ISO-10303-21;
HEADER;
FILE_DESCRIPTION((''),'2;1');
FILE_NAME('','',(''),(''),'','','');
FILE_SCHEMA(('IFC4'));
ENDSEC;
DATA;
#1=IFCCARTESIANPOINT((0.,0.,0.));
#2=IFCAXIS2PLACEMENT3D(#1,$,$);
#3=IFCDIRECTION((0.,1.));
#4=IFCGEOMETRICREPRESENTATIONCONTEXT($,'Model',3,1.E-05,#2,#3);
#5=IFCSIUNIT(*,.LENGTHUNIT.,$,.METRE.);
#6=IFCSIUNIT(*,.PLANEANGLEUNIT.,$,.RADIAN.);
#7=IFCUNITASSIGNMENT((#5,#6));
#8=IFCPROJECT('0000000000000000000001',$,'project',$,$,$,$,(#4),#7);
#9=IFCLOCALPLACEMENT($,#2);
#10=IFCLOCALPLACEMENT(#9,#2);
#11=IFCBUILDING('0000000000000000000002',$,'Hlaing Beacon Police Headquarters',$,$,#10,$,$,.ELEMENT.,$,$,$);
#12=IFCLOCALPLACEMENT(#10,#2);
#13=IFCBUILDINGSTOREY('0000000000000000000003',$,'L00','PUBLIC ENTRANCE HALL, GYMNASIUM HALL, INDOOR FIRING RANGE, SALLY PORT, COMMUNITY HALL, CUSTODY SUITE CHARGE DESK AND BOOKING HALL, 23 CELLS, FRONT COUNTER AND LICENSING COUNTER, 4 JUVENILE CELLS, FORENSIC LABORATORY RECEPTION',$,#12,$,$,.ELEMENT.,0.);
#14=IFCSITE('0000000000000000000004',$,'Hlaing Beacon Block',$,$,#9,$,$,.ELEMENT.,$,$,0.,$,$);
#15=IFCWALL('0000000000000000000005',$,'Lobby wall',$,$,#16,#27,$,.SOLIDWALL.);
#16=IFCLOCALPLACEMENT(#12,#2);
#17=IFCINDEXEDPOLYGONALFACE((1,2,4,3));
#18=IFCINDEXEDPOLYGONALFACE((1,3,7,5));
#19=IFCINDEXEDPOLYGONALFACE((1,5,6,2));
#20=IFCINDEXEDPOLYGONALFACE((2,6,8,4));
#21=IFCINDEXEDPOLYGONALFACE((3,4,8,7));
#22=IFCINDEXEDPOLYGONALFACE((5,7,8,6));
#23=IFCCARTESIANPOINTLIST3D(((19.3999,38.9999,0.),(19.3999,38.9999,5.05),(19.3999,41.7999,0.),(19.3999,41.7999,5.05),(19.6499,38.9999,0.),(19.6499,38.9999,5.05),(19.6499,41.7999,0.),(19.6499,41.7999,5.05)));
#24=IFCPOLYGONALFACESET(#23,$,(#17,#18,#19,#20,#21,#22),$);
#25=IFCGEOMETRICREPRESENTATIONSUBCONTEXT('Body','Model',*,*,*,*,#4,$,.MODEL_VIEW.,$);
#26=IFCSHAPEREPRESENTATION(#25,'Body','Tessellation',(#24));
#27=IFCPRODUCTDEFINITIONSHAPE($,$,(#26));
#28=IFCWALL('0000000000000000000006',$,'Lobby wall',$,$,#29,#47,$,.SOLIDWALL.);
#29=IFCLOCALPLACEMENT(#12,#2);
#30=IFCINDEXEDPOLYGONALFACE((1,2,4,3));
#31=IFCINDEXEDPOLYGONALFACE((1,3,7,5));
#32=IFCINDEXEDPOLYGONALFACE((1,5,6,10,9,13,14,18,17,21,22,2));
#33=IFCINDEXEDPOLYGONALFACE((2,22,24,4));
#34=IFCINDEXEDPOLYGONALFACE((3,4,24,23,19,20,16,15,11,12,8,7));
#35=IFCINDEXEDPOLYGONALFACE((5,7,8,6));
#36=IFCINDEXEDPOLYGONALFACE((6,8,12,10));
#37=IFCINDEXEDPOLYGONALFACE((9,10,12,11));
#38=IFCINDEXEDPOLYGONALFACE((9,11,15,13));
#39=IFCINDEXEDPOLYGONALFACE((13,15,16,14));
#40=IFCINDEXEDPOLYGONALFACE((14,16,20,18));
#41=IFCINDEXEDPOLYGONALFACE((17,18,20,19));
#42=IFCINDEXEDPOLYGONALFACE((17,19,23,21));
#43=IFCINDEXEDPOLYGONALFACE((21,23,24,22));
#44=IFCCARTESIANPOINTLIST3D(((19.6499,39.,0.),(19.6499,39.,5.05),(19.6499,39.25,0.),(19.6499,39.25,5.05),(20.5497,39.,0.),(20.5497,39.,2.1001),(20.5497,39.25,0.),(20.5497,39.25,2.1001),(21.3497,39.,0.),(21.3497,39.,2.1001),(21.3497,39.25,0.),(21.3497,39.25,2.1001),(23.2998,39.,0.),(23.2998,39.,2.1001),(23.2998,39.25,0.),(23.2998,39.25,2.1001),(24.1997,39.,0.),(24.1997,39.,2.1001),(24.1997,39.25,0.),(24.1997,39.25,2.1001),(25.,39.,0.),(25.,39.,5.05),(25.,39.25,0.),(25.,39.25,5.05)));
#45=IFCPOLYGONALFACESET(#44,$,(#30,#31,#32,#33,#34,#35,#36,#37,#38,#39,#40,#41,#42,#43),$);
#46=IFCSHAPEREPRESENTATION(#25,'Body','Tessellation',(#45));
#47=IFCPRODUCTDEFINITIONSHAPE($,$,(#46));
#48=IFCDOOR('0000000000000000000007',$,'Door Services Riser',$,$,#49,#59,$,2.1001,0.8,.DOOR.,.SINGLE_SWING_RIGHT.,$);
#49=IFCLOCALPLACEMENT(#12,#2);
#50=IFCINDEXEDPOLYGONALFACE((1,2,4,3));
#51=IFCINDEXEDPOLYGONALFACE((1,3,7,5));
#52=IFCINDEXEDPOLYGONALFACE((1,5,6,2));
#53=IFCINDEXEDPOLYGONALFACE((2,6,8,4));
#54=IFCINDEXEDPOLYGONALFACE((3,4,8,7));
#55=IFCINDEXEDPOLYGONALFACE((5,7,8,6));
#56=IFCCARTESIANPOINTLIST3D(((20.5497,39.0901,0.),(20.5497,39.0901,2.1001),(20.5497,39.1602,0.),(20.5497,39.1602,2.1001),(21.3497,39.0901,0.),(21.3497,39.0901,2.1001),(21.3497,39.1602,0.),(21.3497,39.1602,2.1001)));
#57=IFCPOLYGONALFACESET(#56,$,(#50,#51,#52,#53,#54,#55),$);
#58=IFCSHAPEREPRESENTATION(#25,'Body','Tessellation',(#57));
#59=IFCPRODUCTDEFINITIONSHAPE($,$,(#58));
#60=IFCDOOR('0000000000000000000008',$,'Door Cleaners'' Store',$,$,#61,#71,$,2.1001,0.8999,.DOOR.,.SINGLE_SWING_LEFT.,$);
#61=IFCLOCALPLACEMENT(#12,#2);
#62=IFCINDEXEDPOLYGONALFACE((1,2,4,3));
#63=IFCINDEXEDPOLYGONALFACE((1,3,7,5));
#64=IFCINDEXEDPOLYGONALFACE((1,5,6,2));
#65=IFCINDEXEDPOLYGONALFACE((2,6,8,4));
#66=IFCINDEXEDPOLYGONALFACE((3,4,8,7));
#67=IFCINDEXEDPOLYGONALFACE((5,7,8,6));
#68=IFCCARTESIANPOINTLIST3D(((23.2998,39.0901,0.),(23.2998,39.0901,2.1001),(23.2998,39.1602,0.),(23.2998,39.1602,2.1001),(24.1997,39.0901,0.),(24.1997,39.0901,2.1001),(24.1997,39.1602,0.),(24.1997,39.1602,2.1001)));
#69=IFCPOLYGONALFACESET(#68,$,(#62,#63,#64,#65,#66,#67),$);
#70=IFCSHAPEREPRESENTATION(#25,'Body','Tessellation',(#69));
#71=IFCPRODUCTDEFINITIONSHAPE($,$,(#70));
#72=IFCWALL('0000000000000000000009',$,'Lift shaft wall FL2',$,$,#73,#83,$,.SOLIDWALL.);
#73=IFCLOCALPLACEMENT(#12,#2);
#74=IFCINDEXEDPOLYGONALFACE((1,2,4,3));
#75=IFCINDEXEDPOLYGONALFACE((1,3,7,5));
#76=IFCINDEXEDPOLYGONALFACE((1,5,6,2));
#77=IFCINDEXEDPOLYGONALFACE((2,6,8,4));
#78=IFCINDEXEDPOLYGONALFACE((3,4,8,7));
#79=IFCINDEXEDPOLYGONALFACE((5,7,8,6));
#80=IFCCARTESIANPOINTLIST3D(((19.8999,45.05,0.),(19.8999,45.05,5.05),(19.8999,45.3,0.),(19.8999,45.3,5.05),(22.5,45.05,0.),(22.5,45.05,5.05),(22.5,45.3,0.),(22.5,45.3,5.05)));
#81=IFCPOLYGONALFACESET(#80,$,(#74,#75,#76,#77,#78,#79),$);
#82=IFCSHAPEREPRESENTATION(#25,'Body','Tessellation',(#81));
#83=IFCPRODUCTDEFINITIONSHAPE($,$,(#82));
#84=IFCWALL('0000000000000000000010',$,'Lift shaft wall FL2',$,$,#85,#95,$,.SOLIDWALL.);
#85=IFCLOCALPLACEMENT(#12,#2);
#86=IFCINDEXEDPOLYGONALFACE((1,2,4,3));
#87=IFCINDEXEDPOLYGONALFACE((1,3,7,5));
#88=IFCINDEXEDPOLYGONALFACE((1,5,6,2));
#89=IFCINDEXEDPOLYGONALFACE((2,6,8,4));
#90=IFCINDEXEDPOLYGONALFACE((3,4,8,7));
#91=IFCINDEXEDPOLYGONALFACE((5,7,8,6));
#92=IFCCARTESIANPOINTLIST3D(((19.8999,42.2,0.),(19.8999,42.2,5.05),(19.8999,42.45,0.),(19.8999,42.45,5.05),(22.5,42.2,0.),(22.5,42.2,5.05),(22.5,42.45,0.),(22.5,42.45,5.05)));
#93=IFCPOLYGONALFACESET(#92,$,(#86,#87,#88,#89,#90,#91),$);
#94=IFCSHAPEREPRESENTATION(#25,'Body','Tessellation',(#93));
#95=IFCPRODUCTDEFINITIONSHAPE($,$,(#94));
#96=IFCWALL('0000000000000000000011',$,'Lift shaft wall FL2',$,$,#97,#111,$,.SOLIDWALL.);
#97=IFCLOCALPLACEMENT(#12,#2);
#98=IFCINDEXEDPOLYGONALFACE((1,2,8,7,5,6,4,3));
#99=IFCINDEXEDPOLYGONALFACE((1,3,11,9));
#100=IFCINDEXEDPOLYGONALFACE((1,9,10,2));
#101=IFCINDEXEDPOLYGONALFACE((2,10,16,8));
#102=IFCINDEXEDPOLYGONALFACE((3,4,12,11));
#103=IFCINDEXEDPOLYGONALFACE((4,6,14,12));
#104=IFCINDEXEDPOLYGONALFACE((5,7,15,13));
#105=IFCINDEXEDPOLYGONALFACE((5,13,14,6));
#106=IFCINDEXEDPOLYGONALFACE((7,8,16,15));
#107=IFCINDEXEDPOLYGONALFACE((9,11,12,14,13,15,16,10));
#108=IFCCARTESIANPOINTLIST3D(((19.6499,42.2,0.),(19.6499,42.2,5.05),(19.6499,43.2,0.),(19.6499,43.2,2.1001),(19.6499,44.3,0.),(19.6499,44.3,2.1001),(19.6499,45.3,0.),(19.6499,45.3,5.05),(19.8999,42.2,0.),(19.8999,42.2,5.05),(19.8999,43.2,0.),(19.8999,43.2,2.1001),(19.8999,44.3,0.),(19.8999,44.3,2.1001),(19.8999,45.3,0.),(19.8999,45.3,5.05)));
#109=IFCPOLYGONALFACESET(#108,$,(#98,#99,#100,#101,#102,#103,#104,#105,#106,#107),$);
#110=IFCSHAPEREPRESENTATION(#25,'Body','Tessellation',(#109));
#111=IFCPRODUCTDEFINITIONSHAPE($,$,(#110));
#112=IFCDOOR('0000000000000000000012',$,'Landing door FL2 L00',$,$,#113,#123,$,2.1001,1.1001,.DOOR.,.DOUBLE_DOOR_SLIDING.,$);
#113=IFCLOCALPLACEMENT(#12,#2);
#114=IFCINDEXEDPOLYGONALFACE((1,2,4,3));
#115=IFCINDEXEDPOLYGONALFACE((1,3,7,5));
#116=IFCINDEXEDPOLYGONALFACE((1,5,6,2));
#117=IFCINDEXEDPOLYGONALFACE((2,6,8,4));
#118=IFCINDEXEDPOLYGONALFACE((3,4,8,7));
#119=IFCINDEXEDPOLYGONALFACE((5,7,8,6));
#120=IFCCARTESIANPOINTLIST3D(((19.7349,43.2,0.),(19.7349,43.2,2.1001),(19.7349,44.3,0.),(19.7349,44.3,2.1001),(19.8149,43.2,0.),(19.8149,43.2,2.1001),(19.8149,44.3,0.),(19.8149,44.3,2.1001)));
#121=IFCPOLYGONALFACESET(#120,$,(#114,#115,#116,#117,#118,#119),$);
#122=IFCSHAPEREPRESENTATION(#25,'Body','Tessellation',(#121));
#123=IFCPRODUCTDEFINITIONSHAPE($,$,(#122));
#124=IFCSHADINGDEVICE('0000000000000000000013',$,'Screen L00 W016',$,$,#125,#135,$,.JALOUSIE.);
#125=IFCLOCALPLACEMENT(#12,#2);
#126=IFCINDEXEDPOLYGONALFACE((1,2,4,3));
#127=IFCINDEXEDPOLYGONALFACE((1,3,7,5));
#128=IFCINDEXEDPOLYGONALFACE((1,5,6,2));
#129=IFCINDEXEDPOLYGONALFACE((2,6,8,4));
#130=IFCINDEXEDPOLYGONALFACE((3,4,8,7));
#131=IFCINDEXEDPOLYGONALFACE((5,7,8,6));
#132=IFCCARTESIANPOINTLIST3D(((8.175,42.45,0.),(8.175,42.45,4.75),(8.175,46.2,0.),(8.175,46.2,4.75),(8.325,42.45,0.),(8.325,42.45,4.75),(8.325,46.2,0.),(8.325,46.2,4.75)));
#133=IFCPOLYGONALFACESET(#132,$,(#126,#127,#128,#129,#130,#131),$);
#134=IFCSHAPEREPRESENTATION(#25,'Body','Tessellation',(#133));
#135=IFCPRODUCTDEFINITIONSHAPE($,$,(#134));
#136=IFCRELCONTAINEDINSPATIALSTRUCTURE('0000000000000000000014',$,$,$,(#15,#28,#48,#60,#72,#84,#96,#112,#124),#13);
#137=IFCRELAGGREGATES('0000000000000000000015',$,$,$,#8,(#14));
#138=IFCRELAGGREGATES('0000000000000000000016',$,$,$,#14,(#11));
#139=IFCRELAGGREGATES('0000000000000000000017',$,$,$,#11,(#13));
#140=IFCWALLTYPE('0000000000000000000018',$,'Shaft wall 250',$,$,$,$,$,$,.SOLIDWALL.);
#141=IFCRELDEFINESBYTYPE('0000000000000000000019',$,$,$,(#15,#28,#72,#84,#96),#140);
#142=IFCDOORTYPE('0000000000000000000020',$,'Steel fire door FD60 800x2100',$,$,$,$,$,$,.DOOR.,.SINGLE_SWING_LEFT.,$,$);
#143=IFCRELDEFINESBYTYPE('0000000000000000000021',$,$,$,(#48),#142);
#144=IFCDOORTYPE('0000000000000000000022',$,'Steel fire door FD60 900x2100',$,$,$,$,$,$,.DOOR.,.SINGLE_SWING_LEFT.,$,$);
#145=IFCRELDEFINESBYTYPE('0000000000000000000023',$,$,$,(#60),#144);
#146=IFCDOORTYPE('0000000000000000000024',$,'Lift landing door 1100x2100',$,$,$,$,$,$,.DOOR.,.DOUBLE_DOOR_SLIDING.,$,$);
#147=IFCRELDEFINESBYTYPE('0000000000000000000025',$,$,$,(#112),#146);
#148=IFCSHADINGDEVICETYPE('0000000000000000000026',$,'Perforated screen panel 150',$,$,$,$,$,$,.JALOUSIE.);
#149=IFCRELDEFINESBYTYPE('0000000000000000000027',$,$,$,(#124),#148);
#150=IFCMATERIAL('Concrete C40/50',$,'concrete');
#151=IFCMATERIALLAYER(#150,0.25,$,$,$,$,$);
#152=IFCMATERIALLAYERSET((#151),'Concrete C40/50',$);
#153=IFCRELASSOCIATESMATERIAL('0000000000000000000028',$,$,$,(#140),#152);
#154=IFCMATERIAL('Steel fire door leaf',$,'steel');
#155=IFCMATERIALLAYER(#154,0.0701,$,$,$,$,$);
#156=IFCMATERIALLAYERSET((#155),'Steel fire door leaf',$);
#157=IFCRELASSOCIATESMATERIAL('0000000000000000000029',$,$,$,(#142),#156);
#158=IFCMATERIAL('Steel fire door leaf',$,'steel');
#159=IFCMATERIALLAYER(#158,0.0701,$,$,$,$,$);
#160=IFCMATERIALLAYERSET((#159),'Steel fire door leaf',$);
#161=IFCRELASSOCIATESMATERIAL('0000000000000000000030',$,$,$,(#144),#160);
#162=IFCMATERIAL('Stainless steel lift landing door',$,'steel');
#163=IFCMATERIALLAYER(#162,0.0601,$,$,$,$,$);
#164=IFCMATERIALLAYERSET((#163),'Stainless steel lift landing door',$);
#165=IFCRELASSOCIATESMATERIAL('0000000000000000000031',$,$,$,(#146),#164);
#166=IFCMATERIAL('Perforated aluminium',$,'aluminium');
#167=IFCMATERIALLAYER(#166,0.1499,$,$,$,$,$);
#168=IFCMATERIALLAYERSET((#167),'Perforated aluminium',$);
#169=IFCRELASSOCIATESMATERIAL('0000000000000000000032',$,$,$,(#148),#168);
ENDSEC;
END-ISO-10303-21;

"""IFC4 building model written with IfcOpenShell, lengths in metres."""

from ifc_helpers import new_model, si_unit, direction, frame, frame_2d, origin, origin_2d, place, context, subcontext, project, spatial, rectangle, extrude, material, layer, layer_set, type_object, element, fill, save


model = new_model("IFC4")

# Units and contexts
model_context = context("Model", 3, precision=1e-05, world=origin(), true_north=direction((0.0, 1.0)))
body_context = subcontext(model_context, "Body", "Model", "MODEL_VIEW")
ifc_project = project(units=[si_unit("LENGTHUNIT", "METRE"), si_unit("PLANEANGLEUNIT", "RADIAN")], contexts=[model_context])

# Site, building, storey
site_placement = place(None, origin())
site = spatial("IfcSite", under=ifc_project, at=site_placement, Name="Hlaing Beacon Block", CompositionType="ELEMENT", RefElevation=0.0)
building_placement = place(site_placement, origin())
building = spatial("IfcBuilding", under=site, at=building_placement, Name="Hlaing Beacon Police Headquarters", CompositionType="ELEMENT")
storey_placement = place(building_placement, origin())
storey = spatial("IfcBuildingStorey", under=building, at=storey_placement, Name="L00", Description="PUBLIC ENTRANCE HALL, GYMNASIUM HALL, INDOOR FIRING RANGE, SALLY PORT, COMMUNITY HALL, CUSTODY SUITE CHARGE DESK AND BOOKING HALL, 23 CELLS, FRONT COUNTER AND LICENSING COUNTER, 4 JUVENILE CELLS, FORENSIC LABORATORY RECEPTION", CompositionType="ELEMENT", Elevation=0.0)

# Wall
ifc_material_1 = material(Name="Concrete C40/50", Category="concrete")
ifc_layer_1 = layer(ifc_material_1, 0.25)
ifc_layer_set_1 = layer_set([ifc_layer_1], Name="Concrete C40/50")
wall_type_1 = type_object("IfcWallType", Name="Shaft wall 250", PredefinedType="SOLIDWALL", material=ifc_layer_set_1)
wall_1_placement = place(storey_placement, frame((19.5249, 39.0, 0.0), z_axis=(0.0, 0.0, 1.0), x_axis=(0.0, 1.0, 0.0)))
element("IfcWall", 1, at=wall_1_placement, inside=storey, type_object=wall_type_1, Name="Lobby wall", PredefinedType="SOLIDWALL", context=body_context, shape_type="SweptSolid", body=[
    extrude(rectangle(XDim=2.8, YDim=0.25, at=frame_2d((1.3999, 0.0))), origin(), (0.0, 0.0, 1.0), 5.05),
])

# Wall, openings, doors
wall_2_placement = place(storey_placement, frame((19.6499, 39.125, 0.0), z_axis=(0.0, 0.0, 1.0), x_axis=(1.0, 0.0, 0.0)))
wall_2 = element("IfcWall", 2, at=wall_2_placement, inside=storey, type_object=wall_type_1, Name="Lobby wall", PredefinedType="SOLIDWALL", context=body_context, shape_type="SweptSolid", body=[
    extrude(rectangle(XDim=5.3501, YDim=0.25, at=frame_2d((2.675, 0.0))), origin(), (0.0, 0.0, 1.0), 5.05),
])
opening_1_placement = place(wall_2_placement, frame((3.6499, 0.0, 0.0)))
opening_1 = element("IfcOpeningElement", 3, at=opening_1_placement, cuts=wall_2, PredefinedType="OPENING", context=body_context, shape_type="SweptSolid", body=[
    extrude(rectangle(XDim=0.8999, YDim=2.1001, at=frame_2d((0.45, 1.05))), frame((0.0, 0.135, 0.0), z_axis=(0.0, -1.0, 0.0), x_axis=(1.0, 0.0, 0.0)), (0.0, 0.0, 1.0), 0.27),
])
opening_2_placement = place(wall_2_placement, frame((0.8999, 0.0, 0.0)))
opening_2 = element("IfcOpeningElement", 4, at=opening_2_placement, cuts=wall_2, PredefinedType="OPENING", context=body_context, shape_type="SweptSolid", body=[
    extrude(rectangle(XDim=0.8, YDim=2.1001, at=frame_2d((0.3999, 1.05))), frame((0.0, 0.135, 0.0), z_axis=(0.0, -1.0, 0.0), x_axis=(1.0, 0.0, 0.0)), (0.0, 0.0, 1.0), 0.27),
])
ifc_material_2 = material(Name="Steel fire door leaf", Category="steel")
ifc_layer_2 = layer(ifc_material_2, 0.0701)
ifc_layer_set_2 = layer_set([ifc_layer_2], Name="Steel fire door leaf")
door_type_1 = type_object("IfcDoorType", Name="Steel fire door FD60 800x2100", OperationType="SINGLE_SWING_LEFT", PredefinedType="DOOR", material=ifc_layer_set_2)
door_1_placement = place(opening_2_placement, origin())
door_1 = element("IfcDoor", 5, at=door_1_placement, inside=storey, type_object=door_type_1, Name="Door Services Riser", OperationType="SINGLE_SWING_RIGHT", OverallHeight=2.1001, OverallWidth=0.8, PredefinedType="DOOR", context=body_context, shape_type="SweptSolid", body=[
    extrude(rectangle(XDim=0.8, YDim=2.1001, at=frame_2d((0.3999, 1.05))), frame((0.0, 0.0352, 0.0), z_axis=(0.0, -1.0, 0.0), x_axis=(1.0, 0.0, 0.0)), (0.0, 0.0, 1.0), 0.0701),
])
fill(opening_2, door_1)
ifc_material_3 = material(Name="Steel fire door leaf", Category="steel")
ifc_layer_3 = layer(ifc_material_3, 0.0701)
ifc_layer_set_3 = layer_set([ifc_layer_3], Name="Steel fire door leaf")
door_type_2 = type_object("IfcDoorType", Name="Steel fire door FD60 900x2100", OperationType="SINGLE_SWING_LEFT", PredefinedType="DOOR", material=ifc_layer_set_3)
door_2_placement = place(opening_1_placement, origin())
door_2 = element("IfcDoor", 6, at=door_2_placement, inside=storey, type_object=door_type_2, Name="Door Cleaners' Store", OperationType="SINGLE_SWING_LEFT", OverallHeight=2.1001, OverallWidth=0.8999, PredefinedType="DOOR", context=body_context, shape_type="SweptSolid", body=[
    extrude(rectangle(XDim=0.8999, YDim=2.1001, at=frame_2d((0.45, 1.05))), frame((0.0, 0.0352, 0.0), z_axis=(0.0, -1.0, 0.0), x_axis=(1.0, 0.0, 0.0)), (0.0, 0.0, 1.0), 0.0701),
])
fill(opening_1, door_2)

# Walls
for number, where, z_axis, x_axis, name in (
    (7, (19.8999, 45.175, 0.0), (0.0, 0.0, 1.0), (1.0, 0.0, 0.0), "Lift shaft wall FL2"),
    (8, (19.8999, 42.325, 0.0), (0.0, 0.0, 1.0), (1.0, 0.0, 0.0), "Lift shaft wall FL2"),
):
    element("IfcWall", number, at=place(storey_placement, frame(where, z_axis=z_axis, x_axis=x_axis)), inside=storey, type_object=wall_type_1, Name=name, PredefinedType="SOLIDWALL", context=body_context, shape_type="SweptSolid", body=[
        extrude(rectangle(XDim=2.6001, YDim=0.25, at=frame_2d((1.3, 0.0))), origin(), (0.0, 0.0, 1.0), 5.05),
    ])

# Wall, opening, door
wall_3_placement = place(storey_placement, frame((19.7749, 42.2, 0.0), z_axis=(0.0, 0.0, 1.0), x_axis=(0.0, 1.0, 0.0)))
wall_3 = element("IfcWall", 9, at=wall_3_placement, inside=storey, type_object=wall_type_1, Name="Lift shaft wall FL2", PredefinedType="SOLIDWALL", context=body_context, shape_type="SweptSolid", body=[
    extrude(rectangle(XDim=3.1001, YDim=0.25, at=frame_2d((1.55, 0.0))), origin(), (0.0, 0.0, 1.0), 5.05),
])
opening_3_placement = place(wall_3_placement, frame((1.0, 0.0, 0.0)))
opening_3 = element("IfcOpeningElement", 10, at=opening_3_placement, cuts=wall_3, PredefinedType="OPENING", context=body_context, shape_type="SweptSolid", body=[
    extrude(rectangle(XDim=1.1001, YDim=2.1001, at=frame_2d((0.55, 1.05))), frame((0.0, 0.135, 0.0), z_axis=(0.0, -1.0, 0.0), x_axis=(1.0, 0.0, 0.0)), (0.0, 0.0, 1.0), 0.27),
])
ifc_material_4 = material(Name="Stainless steel lift landing door", Category="steel")
ifc_layer_4 = layer(ifc_material_4, 0.0601)
ifc_layer_set_4 = layer_set([ifc_layer_4], Name="Stainless steel lift landing door")
door_type_3 = type_object("IfcDoorType", Name="Lift landing door 1100x2100", OperationType="DOUBLE_DOOR_SLIDING", PredefinedType="DOOR", material=ifc_layer_set_4)
door_3_placement = place(opening_3_placement, origin())
door_3 = element("IfcDoor", 11, at=door_3_placement, inside=storey, type_object=door_type_3, Name="Landing door FL2 L00", OperationType="DOUBLE_DOOR_SLIDING", OverallHeight=2.1001, OverallWidth=1.1001, PredefinedType="DOOR", context=body_context, shape_type="SweptSolid", body=[
    extrude(rectangle(XDim=1.1001, YDim=2.1001, at=frame_2d((0.55, 1.05))), frame((0.0, 0.04, 0.0), z_axis=(0.0, -1.0, 0.0), x_axis=(1.0, 0.0, 0.0)), (0.0, 0.0, 1.0), 0.0801),
])
fill(opening_3, door_3)

# Shading device
ifc_material_5 = material(Name="Perforated aluminium", Category="aluminium")
ifc_layer_5 = layer(ifc_material_5, 0.1499)
ifc_layer_set_5 = layer_set([ifc_layer_5], Name="Perforated aluminium")
shading_device_type = type_object("IfcShadingDeviceType", Name="Perforated screen panel 150", PredefinedType="JALOUSIE", material=ifc_layer_set_5)
shading_device_placement = place(storey_placement, frame((8.25, 44.325, 0.0), z_axis=(0.0, 0.0, 1.0), x_axis=(0.0, -1.0, 0.0)))
element("IfcShadingDevice", 12, at=shading_device_placement, inside=storey, type_object=shading_device_type, Name="Screen L00 W016", PredefinedType="JALOUSIE", context=body_context, shape_type="SweptSolid", body=[
    extrude(rectangle(XDim=3.75, YDim=0.1499, at=origin_2d()), origin(), (0.0, 0.0, 1.0), 4.75),
])

save(model, "model.ifc")
